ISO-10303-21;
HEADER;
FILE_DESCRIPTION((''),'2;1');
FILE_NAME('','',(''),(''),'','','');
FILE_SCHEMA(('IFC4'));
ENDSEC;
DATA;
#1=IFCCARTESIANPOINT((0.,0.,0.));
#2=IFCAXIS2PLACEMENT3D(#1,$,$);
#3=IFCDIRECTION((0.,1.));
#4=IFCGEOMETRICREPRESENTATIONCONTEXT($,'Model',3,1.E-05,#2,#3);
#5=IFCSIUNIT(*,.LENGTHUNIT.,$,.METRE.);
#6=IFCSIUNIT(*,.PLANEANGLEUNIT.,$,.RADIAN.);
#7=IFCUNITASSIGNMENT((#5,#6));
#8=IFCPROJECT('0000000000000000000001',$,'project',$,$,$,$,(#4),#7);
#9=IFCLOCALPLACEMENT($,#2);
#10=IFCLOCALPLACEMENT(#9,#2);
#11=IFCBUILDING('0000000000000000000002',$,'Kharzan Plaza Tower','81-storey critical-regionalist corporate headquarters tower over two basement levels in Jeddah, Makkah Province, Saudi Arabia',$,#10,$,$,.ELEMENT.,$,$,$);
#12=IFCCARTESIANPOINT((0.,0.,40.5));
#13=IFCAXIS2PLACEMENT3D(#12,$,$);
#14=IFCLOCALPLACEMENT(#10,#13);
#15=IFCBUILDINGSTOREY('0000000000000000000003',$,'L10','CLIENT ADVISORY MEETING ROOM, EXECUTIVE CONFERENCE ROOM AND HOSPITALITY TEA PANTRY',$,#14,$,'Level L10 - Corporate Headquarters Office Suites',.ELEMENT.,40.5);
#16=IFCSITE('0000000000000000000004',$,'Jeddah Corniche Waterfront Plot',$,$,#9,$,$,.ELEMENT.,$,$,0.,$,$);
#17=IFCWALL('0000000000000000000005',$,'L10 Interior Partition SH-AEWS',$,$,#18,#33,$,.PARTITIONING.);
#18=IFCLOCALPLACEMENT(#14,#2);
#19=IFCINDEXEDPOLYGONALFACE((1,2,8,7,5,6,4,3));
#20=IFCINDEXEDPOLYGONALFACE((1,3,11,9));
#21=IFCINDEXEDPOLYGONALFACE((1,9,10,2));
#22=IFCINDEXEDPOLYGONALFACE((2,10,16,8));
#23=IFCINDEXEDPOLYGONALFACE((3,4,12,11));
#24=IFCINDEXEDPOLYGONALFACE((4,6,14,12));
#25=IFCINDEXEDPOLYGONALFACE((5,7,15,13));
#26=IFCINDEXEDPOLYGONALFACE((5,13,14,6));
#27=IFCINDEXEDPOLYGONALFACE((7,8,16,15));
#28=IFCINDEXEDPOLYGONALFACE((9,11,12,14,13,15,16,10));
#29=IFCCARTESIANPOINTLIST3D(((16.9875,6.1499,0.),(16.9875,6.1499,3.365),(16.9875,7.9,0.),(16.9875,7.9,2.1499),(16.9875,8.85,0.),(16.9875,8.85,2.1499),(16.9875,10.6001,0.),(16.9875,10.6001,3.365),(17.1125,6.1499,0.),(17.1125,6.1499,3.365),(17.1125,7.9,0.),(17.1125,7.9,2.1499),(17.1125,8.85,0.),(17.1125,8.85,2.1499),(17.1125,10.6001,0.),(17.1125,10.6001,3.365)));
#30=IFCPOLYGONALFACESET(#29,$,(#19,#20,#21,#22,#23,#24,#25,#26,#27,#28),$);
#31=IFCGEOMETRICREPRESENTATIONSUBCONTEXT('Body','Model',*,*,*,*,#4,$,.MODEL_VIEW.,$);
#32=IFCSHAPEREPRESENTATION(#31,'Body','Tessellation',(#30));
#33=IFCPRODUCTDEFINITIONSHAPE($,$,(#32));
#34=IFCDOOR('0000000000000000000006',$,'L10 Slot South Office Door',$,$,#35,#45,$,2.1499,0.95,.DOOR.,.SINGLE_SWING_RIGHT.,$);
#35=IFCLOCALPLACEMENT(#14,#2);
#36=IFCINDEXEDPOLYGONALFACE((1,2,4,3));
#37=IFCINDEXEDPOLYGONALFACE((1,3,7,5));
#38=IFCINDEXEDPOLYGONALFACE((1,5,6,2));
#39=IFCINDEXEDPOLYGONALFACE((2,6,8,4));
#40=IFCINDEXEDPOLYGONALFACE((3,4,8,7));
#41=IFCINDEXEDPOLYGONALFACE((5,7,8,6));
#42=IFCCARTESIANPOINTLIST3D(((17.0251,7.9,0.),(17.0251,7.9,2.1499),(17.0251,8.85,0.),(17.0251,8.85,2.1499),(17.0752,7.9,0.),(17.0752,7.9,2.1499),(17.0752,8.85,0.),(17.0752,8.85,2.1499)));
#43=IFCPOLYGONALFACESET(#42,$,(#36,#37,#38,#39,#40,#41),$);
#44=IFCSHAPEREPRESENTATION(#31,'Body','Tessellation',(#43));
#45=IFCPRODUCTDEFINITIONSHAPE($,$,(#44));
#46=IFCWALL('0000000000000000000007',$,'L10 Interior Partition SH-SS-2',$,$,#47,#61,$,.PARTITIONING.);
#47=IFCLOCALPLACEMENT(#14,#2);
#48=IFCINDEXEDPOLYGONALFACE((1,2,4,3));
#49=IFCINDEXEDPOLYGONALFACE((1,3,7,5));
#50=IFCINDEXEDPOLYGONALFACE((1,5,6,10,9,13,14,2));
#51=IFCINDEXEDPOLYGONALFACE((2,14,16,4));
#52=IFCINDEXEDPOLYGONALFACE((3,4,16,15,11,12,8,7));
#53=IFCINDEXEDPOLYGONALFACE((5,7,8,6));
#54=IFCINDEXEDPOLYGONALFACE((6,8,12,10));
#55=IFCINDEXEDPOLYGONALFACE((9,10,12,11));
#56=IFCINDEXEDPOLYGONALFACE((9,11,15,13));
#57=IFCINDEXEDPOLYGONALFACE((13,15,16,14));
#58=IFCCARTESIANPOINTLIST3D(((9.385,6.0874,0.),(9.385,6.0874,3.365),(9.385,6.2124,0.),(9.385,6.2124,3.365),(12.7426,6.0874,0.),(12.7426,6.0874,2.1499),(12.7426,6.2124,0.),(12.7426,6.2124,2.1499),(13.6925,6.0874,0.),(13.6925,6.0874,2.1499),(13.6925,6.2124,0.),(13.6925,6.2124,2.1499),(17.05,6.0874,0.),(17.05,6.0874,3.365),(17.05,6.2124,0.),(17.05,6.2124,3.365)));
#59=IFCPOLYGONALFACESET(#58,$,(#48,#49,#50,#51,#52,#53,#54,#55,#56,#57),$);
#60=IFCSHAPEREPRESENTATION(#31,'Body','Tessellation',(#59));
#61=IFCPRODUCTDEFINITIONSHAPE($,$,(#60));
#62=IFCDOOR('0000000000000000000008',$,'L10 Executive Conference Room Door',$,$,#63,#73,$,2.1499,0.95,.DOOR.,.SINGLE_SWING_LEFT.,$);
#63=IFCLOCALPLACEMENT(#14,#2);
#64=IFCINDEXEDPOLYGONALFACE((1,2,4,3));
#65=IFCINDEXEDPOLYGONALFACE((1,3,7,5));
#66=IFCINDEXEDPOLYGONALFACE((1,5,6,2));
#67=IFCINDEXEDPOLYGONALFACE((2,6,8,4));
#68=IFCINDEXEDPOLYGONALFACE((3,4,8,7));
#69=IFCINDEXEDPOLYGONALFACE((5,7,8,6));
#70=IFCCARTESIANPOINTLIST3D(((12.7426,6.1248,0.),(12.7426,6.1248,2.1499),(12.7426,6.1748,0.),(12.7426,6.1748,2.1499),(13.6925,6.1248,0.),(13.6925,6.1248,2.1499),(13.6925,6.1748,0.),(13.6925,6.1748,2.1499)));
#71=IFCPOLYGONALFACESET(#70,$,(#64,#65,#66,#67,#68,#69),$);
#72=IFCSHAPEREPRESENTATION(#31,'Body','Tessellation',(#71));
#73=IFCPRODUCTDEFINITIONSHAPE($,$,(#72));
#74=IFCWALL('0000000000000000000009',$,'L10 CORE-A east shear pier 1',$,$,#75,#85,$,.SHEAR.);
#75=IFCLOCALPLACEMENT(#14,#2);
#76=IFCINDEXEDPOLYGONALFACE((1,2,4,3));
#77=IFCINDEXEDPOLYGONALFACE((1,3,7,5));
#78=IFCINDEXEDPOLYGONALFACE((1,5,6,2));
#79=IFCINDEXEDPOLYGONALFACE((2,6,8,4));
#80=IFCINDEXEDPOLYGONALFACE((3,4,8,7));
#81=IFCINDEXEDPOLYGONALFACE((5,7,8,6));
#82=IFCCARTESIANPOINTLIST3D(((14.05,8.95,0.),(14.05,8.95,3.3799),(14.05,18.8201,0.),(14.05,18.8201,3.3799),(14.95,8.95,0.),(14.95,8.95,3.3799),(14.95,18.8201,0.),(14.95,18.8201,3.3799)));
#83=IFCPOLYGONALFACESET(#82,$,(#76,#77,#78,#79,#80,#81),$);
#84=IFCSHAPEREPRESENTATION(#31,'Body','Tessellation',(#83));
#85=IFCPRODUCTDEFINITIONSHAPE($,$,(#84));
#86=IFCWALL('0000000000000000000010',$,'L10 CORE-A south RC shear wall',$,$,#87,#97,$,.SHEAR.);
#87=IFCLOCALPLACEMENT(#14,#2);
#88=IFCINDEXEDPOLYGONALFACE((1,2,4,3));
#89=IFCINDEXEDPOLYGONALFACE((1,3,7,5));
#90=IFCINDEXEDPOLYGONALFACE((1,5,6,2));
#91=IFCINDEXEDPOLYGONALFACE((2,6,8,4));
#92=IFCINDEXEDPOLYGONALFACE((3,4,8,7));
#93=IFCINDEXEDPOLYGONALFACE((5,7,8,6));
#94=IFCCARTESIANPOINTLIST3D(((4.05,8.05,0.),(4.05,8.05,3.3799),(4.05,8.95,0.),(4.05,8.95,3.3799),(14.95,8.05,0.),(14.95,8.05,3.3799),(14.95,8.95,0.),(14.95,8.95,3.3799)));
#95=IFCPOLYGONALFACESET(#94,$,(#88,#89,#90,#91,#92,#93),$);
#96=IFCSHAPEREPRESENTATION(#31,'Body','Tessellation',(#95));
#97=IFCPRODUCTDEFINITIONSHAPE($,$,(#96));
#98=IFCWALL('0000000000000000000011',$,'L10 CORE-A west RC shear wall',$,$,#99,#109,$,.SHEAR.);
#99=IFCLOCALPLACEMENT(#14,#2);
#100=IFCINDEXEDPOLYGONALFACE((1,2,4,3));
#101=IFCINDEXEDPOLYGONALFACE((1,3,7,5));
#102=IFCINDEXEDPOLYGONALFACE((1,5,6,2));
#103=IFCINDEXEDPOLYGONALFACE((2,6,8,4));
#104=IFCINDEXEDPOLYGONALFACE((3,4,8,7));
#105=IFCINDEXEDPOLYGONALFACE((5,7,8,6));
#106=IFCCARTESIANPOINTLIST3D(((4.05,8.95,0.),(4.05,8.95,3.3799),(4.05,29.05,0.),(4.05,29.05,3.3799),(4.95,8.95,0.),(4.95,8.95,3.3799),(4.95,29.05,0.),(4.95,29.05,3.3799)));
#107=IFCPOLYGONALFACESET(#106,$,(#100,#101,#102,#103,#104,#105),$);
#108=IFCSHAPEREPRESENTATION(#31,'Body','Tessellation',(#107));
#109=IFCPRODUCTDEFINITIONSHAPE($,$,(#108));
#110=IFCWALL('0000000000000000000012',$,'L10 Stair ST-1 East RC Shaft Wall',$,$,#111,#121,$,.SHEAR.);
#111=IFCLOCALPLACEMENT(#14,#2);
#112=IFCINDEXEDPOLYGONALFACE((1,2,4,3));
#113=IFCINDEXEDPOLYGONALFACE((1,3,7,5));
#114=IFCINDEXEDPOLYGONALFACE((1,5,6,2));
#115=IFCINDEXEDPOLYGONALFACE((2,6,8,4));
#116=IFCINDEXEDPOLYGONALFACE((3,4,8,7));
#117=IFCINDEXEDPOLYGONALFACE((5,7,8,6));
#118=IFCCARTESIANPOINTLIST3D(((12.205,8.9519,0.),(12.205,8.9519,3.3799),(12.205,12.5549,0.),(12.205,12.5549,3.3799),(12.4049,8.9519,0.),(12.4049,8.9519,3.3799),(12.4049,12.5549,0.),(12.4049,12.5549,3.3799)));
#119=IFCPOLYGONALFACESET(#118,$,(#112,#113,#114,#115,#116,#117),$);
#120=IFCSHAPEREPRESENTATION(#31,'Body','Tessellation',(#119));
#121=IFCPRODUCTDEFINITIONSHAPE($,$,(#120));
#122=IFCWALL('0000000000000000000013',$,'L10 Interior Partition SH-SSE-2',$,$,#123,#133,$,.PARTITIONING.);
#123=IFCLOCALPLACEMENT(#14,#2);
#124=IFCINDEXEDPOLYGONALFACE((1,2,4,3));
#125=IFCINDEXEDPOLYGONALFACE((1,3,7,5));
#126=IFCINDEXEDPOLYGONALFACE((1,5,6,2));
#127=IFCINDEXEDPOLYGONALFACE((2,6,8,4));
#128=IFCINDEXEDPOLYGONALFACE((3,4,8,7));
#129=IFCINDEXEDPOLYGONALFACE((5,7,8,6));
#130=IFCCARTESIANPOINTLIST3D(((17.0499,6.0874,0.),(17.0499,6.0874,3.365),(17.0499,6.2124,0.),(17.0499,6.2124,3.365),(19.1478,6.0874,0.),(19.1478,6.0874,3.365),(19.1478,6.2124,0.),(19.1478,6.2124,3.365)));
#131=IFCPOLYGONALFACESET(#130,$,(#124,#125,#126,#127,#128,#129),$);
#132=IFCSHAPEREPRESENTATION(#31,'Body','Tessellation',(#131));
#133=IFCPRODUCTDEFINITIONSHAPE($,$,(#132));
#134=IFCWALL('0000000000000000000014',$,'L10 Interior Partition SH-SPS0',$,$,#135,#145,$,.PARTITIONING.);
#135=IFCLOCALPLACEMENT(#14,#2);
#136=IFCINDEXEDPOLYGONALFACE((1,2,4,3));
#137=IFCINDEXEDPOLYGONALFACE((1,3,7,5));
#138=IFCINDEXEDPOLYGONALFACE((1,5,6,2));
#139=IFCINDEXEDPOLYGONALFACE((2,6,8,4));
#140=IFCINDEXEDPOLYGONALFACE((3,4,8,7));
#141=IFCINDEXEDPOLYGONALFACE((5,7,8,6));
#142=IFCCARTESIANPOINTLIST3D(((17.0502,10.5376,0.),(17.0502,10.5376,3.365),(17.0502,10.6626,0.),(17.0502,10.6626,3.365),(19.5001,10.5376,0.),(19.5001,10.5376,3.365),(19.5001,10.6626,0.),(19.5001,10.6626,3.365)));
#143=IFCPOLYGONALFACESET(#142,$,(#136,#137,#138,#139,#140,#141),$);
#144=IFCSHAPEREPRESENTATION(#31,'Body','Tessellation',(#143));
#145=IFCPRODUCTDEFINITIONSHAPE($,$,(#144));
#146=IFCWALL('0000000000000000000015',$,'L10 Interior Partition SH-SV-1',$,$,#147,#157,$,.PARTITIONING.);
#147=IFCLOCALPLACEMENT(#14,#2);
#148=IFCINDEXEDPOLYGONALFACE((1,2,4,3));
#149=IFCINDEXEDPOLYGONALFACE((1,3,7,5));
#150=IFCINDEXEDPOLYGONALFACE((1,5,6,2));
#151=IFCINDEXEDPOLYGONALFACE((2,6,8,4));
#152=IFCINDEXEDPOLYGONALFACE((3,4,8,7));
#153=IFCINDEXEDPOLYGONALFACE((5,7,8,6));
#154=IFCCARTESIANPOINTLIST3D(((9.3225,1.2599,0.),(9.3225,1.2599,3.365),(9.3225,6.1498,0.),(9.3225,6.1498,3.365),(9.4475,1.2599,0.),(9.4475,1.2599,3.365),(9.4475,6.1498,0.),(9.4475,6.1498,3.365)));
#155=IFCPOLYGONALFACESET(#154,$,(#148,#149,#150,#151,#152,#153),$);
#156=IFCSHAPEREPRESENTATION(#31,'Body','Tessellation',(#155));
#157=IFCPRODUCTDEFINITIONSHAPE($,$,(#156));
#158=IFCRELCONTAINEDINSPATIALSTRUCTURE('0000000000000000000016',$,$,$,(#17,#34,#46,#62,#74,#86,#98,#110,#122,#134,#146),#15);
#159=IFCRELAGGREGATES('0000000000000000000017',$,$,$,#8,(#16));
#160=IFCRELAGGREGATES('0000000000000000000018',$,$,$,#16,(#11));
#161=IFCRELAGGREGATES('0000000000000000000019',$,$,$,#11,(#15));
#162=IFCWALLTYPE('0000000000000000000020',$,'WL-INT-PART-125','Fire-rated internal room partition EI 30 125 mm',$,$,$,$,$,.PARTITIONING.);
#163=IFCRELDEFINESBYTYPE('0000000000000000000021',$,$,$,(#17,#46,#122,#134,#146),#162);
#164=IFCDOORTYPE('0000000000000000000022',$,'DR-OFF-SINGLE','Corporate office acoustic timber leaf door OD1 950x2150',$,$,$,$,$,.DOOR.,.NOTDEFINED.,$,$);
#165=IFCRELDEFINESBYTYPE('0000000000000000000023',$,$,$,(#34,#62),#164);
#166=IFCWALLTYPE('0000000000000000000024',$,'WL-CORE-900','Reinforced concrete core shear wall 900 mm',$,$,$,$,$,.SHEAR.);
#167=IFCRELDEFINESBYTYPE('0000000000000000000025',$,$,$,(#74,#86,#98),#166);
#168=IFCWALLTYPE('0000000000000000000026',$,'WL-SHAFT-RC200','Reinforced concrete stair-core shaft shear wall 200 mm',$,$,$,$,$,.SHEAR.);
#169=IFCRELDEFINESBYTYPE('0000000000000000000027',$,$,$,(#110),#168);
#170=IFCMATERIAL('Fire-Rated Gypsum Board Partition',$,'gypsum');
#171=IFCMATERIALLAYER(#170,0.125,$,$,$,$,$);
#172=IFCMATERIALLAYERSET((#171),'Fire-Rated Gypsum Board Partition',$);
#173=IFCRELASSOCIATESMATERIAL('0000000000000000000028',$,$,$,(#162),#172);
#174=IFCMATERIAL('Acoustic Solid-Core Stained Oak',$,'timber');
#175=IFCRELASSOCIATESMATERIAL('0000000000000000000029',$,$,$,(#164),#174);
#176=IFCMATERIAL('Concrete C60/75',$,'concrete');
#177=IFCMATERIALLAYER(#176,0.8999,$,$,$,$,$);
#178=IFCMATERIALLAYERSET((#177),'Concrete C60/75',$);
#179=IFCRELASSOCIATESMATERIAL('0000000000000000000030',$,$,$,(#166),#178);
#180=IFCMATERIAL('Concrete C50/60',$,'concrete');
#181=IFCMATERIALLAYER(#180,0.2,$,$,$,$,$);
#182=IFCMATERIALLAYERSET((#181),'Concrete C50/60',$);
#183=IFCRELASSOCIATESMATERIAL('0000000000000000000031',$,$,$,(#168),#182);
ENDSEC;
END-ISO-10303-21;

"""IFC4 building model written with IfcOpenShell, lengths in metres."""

from ifc_helpers import new_model, si_unit, direction, frame, frame_2d, origin, place, context, subcontext, project, spatial, rectangle, extrude, source, transform, mapped, material, layer, layer_set, type_object, element, fill, save


model = new_model("IFC4")

# Units and contexts
model_context = context("Model", 3, precision=1e-05, world=origin(), true_north=direction((0.0, 1.0)))
body_context = subcontext(model_context, "Body", "Model", "MODEL_VIEW")
ifc_project = project(units=[si_unit("LENGTHUNIT", "METRE"), si_unit("PLANEANGLEUNIT", "RADIAN")], contexts=[model_context])

# Site, building, storey
site_placement = place(None, origin())
site = spatial("IfcSite", under=ifc_project, at=site_placement, Name="Jeddah Corniche Waterfront Plot", CompositionType="ELEMENT", RefElevation=0.0)
building_placement = place(site_placement, origin())
building = spatial("IfcBuilding", under=site, at=building_placement, Name="Kharzan Plaza Tower", Description="81-storey critical-regionalist corporate headquarters tower over two basement levels in Jeddah, Makkah Province, Saudi Arabia", CompositionType="ELEMENT")
storey_placement = place(building_placement, frame((0.0, 0.0, 40.5)))
storey = spatial("IfcBuildingStorey", under=building, at=storey_placement, Name="L10", Description="CLIENT ADVISORY MEETING ROOM, EXECUTIVE CONFERENCE ROOM AND HOSPITALITY TEA PANTRY", LongName="Level L10 - Corporate Headquarters Office Suites", CompositionType="ELEMENT", Elevation=40.5)

# Shared definitions
ifc_material_1 = material(Name="Concrete C60/75", Category="concrete")

# Walls, openings, doors
ifc_material_2 = material(Name="Fire-Rated Gypsum Board Partition", Category="gypsum")
ifc_layer_1 = layer(ifc_material_2, 0.125)
ifc_layer_set_1 = layer_set([ifc_layer_1], Name="Fire-Rated Gypsum Board Partition")
wall_type_1 = type_object("IfcWallType", Name="WL-INT-PART-125", Description="Fire-rated internal room partition EI 30 125 mm", PredefinedType="PARTITIONING", material=ifc_layer_set_1)
wall_1_placement = place(storey_placement, frame((17.05, 6.1499, 0.0), z_axis=(0.0, 0.0, 1.0), x_axis=(0.0, 1.0, 0.0)))
wall_1 = element("IfcWall", 1, at=wall_1_placement, inside=storey, type_object=wall_type_1, Name="L10 Interior Partition SH-AEWS", PredefinedType="PARTITIONING", context=body_context, shape_type="SweptSolid", body=[
    extrude(rectangle(XDim=4.4502, YDim=0.125, at=frame_2d((2.2251, 0.0))), origin(), (0.0, 0.0, 1.0), 3.365),
])
opening_1_placement = place(wall_1_placement, frame((1.75, 0.0, 0.0)))
opening_1 = element("IfcOpeningElement", 2, at=opening_1_placement, cuts=wall_1, PredefinedType="OPENING", context=body_context, shape_type="SweptSolid", body=[
    extrude(rectangle(XDim=0.95, YDim=2.1499, at=frame_2d((0.4751, 1.075))), frame((0.0, 0.0725, 0.0), z_axis=(0.0, -1.0, 0.0), x_axis=(1.0, 0.0, 0.0)), (0.0, 0.0, 1.0), 0.145),
])
ifc_material_3 = material(Name="Acoustic Solid-Core Stained Oak", Category="timber")
door_type = type_object("IfcDoorType", Name="DR-OFF-SINGLE", Description="Corporate office acoustic timber leaf door OD1 950x2150", OperationType="NOTDEFINED", PredefinedType="DOOR", material=ifc_material_3)
shared_shape_1 = source(origin(), body_context, "Body", "SweptSolid", [
    extrude(rectangle(XDim=0.95, YDim=2.1499, at=frame_2d((0.4751, 1.075))), frame((0.0, 0.0249, 0.0), z_axis=(0.0, -1.0, 0.0), x_axis=(1.0, 0.0, 0.0)), (0.0, 0.0, 1.0), 0.05),
])
door_1_placement = place(opening_1_placement, origin())
door_1 = element("IfcDoor", 3, at=door_1_placement, inside=storey, type_object=door_type, Name="L10 Slot South Office Door", OperationType="SINGLE_SWING_RIGHT", OverallHeight=2.1499, OverallWidth=0.95, PredefinedType="DOOR", context=body_context, shape_type="MappedRepresentation", body=[
    mapped(shared_shape_1, transform((0.0, 0.0, 0.0), x_axis=(1.0, 0.0, 0.0), y_axis=(0.0, 1.0, 0.0), z_axis=(0.0, 0.0, 1.0))),
])
fill(opening_1, door_1)
wall_2_placement = place(storey_placement, frame((9.385, 6.1499, 0.0), z_axis=(0.0, 0.0, 1.0), x_axis=(1.0, 0.0, 0.0)))
wall_2 = element("IfcWall", 4, at=wall_2_placement, inside=storey, type_object=wall_type_1, Name="L10 Interior Partition SH-SS-2", PredefinedType="PARTITIONING", context=body_context, shape_type="SweptSolid", body=[
    extrude(rectangle(XDim=7.665, YDim=0.125, at=frame_2d((3.8325, 0.0))), origin(), (0.0, 0.0, 1.0), 3.365),
])
opening_2_placement = place(wall_2_placement, frame((3.3574, 0.0, 0.0)))
opening_2 = element("IfcOpeningElement", 5, at=opening_2_placement, cuts=wall_2, PredefinedType="OPENING", context=body_context, shape_type="SweptSolid", body=[
    extrude(rectangle(XDim=0.95, YDim=2.1499, at=frame_2d((0.4751, 1.075))), frame((0.0, 0.0725, 0.0), z_axis=(0.0, -1.0, 0.0), x_axis=(1.0, 0.0, 0.0)), (0.0, 0.0, 1.0), 0.145),
])
door_2_placement = place(opening_2_placement, origin())
door_2 = element("IfcDoor", 6, at=door_2_placement, inside=storey, type_object=door_type, Name="L10 Executive Conference Room Door", OperationType="SINGLE_SWING_LEFT", OverallHeight=2.1499, OverallWidth=0.95, PredefinedType="DOOR", context=body_context, shape_type="MappedRepresentation", body=[
    mapped(shared_shape_1, transform((0.0, 0.0, 0.0), x_axis=(1.0, 0.0, 0.0), y_axis=(0.0, 1.0, 0.0), z_axis=(0.0, 0.0, 1.0))),
])
fill(opening_2, door_2)

# Walls
ifc_layer_2 = layer(ifc_material_1, 0.8999)
ifc_layer_set_2 = layer_set([ifc_layer_2], Name="Concrete C60/75")
wall_type_2 = type_object("IfcWallType", Name="WL-CORE-900", Description="Reinforced concrete core shear wall 900 mm", PredefinedType="SHEAR", material=ifc_layer_set_2)
shared_shape_2 = source(origin(), body_context, "Body", "SweptSolid", [
    extrude(rectangle(XDim=9.8701, YDim=0.8999, at=frame_2d((4.9351, 0.0))), origin(), (0.0, 0.0, 1.0), 3.3799),
])
wall_3_placement = place(storey_placement, frame((14.5, 8.95, 0.0), z_axis=(0.0, 0.0, 1.0), x_axis=(0.0, 1.0, 0.0)))
element("IfcWall", 7, at=wall_3_placement, inside=storey, type_object=wall_type_2, Name="L10 CORE-A east shear pier 1", PredefinedType="SHEAR", context=body_context, shape_type="MappedRepresentation", body=[
    mapped(shared_shape_2, transform((0.0, 0.0, 0.0), x_axis=(1.0, 0.0, 0.0), y_axis=(0.0, 1.0, 0.0), z_axis=(0.0, 0.0, 1.0))),
])
shared_shape_3 = source(origin(), body_context, "Body", "SweptSolid", [
    extrude(rectangle(XDim=10.8999, YDim=0.8999, at=frame_2d((5.45, 0.0))), origin(), (0.0, 0.0, 1.0), 3.3799),
])
wall_4_placement = place(storey_placement, frame((4.05, 8.5, 0.0), z_axis=(0.0, 0.0, 1.0), x_axis=(1.0, 0.0, 0.0)))
element("IfcWall", 8, at=wall_4_placement, inside=storey, type_object=wall_type_2, Name="L10 CORE-A south RC shear wall", PredefinedType="SHEAR", context=body_context, shape_type="MappedRepresentation", body=[
    mapped(shared_shape_3, transform((0.0, 0.0, 0.0), x_axis=(1.0, 0.0, 0.0), y_axis=(0.0, 1.0, 0.0), z_axis=(0.0, 0.0, 1.0))),
])
shared_shape_4 = source(origin(), body_context, "Body", "SweptSolid", [
    extrude(rectangle(XDim=20.1001, YDim=0.8999, at=frame_2d((10.05, 0.0))), origin(), (0.0, 0.0, 1.0), 3.3799),
])
wall_5_placement = place(storey_placement, frame((4.5, 8.95, 0.0), z_axis=(0.0, 0.0, 1.0), x_axis=(0.0, 1.0, 0.0)))
element("IfcWall", 9, at=wall_5_placement, inside=storey, type_object=wall_type_2, Name="L10 CORE-A west RC shear wall", PredefinedType="SHEAR", context=body_context, shape_type="MappedRepresentation", body=[
    mapped(shared_shape_4, transform((0.0, 0.0, 0.0), x_axis=(1.0, 0.0, 0.0), y_axis=(0.0, 1.0, 0.0), z_axis=(0.0, 0.0, 1.0))),
])
ifc_material_4 = material(Name="Concrete C50/60", Category="concrete")
ifc_layer_3 = layer(ifc_material_4, 0.2)
ifc_layer_set_3 = layer_set([ifc_layer_3], Name="Concrete C50/60")
wall_type_3 = type_object("IfcWallType", Name="WL-SHAFT-RC200", Description="Reinforced concrete stair-core shaft shear wall 200 mm", PredefinedType="SHEAR", material=ifc_layer_set_3)
shared_shape_5 = source(origin(), body_context, "Body", "SweptSolid", [
    extrude(rectangle(XDim=3.603, YDim=0.2, at=frame_2d((1.8015, 0.0))), origin(), (0.0, 0.0, 1.0), 3.3799),
])
wall_6_placement = place(storey_placement, frame((12.3049, 8.9519, 0.0), z_axis=(0.0, 0.0, 1.0), x_axis=(0.0, 1.0, 0.0)))
element("IfcWall", 10, at=wall_6_placement, inside=storey, type_object=wall_type_3, Name="L10 Stair ST-1 East RC Shaft Wall", PredefinedType="SHEAR", context=body_context, shape_type="MappedRepresentation", body=[
    mapped(shared_shape_5, transform((0.0, 0.0, 0.0), x_axis=(1.0, 0.0, 0.0), y_axis=(0.0, 1.0, 0.0), z_axis=(0.0, 0.0, 1.0))),
])
shared_shape_6 = source(origin(), body_context, "Body", "SweptSolid", [
    extrude(rectangle(XDim=2.0979, YDim=0.125, at=frame_2d((1.0488, 0.0))), origin(), (0.0, 0.0, 1.0), 3.365),
])
wall_7_placement = place(storey_placement, frame((17.05, 6.1499, 0.0), z_axis=(0.0, 0.0, 1.0), x_axis=(1.0, 0.0, 0.0)))
element("IfcWall", 11, at=wall_7_placement, inside=storey, type_object=wall_type_1, Name="L10 Interior Partition SH-SSE-2", PredefinedType="PARTITIONING", context=body_context, shape_type="MappedRepresentation", body=[
    mapped(shared_shape_6, transform((0.0, 0.0, 0.0), x_axis=(1.0, 0.0, 0.0), y_axis=(0.0, 1.0, 0.0), z_axis=(0.0, 0.0, 1.0))),
])
shared_shape_7 = source(origin(), body_context, "Body", "SweptSolid", [
    extrude(rectangle(XDim=2.45, YDim=0.125, at=frame_2d((1.2251, 0.0))), origin(), (0.0, 0.0, 1.0), 3.365),
])
wall_8_placement = place(storey_placement, frame((17.05, 10.6001, 0.0), z_axis=(0.0, 0.0, 1.0), x_axis=(1.0, 0.0, 0.0)))
element("IfcWall", 12, at=wall_8_placement, inside=storey, type_object=wall_type_1, Name="L10 Interior Partition SH-SPS0", PredefinedType="PARTITIONING", context=body_context, shape_type="MappedRepresentation", body=[
    mapped(shared_shape_7, transform((0.0, 0.0, 0.0), x_axis=(1.0, 0.0, 0.0), y_axis=(0.0, 1.0, 0.0), z_axis=(0.0, 0.0, 1.0))),
])
shared_shape_8 = source(origin(), body_context, "Body", "SweptSolid", [
    extrude(rectangle(XDim=4.8899, YDim=0.125, at=frame_2d((2.4448, 0.0))), origin(), (0.0, 0.0, 1.0), 3.365),
])
wall_9_placement = place(storey_placement, frame((9.385, 1.26, 0.0), z_axis=(0.0, 0.0, 1.0), x_axis=(0.0, 1.0, 0.0)))
element("IfcWall", 13, at=wall_9_placement, inside=storey, type_object=wall_type_1, Name="L10 Interior Partition SH-SV-1", PredefinedType="PARTITIONING", context=body_context, shape_type="MappedRepresentation", body=[
    mapped(shared_shape_8, transform((0.0, 0.0, 0.0), x_axis=(1.0, 0.0, 0.0), y_axis=(0.0, 1.0, 0.0), z_axis=(0.0, 0.0, 1.0))),
])

save(model, "model.ifc")
